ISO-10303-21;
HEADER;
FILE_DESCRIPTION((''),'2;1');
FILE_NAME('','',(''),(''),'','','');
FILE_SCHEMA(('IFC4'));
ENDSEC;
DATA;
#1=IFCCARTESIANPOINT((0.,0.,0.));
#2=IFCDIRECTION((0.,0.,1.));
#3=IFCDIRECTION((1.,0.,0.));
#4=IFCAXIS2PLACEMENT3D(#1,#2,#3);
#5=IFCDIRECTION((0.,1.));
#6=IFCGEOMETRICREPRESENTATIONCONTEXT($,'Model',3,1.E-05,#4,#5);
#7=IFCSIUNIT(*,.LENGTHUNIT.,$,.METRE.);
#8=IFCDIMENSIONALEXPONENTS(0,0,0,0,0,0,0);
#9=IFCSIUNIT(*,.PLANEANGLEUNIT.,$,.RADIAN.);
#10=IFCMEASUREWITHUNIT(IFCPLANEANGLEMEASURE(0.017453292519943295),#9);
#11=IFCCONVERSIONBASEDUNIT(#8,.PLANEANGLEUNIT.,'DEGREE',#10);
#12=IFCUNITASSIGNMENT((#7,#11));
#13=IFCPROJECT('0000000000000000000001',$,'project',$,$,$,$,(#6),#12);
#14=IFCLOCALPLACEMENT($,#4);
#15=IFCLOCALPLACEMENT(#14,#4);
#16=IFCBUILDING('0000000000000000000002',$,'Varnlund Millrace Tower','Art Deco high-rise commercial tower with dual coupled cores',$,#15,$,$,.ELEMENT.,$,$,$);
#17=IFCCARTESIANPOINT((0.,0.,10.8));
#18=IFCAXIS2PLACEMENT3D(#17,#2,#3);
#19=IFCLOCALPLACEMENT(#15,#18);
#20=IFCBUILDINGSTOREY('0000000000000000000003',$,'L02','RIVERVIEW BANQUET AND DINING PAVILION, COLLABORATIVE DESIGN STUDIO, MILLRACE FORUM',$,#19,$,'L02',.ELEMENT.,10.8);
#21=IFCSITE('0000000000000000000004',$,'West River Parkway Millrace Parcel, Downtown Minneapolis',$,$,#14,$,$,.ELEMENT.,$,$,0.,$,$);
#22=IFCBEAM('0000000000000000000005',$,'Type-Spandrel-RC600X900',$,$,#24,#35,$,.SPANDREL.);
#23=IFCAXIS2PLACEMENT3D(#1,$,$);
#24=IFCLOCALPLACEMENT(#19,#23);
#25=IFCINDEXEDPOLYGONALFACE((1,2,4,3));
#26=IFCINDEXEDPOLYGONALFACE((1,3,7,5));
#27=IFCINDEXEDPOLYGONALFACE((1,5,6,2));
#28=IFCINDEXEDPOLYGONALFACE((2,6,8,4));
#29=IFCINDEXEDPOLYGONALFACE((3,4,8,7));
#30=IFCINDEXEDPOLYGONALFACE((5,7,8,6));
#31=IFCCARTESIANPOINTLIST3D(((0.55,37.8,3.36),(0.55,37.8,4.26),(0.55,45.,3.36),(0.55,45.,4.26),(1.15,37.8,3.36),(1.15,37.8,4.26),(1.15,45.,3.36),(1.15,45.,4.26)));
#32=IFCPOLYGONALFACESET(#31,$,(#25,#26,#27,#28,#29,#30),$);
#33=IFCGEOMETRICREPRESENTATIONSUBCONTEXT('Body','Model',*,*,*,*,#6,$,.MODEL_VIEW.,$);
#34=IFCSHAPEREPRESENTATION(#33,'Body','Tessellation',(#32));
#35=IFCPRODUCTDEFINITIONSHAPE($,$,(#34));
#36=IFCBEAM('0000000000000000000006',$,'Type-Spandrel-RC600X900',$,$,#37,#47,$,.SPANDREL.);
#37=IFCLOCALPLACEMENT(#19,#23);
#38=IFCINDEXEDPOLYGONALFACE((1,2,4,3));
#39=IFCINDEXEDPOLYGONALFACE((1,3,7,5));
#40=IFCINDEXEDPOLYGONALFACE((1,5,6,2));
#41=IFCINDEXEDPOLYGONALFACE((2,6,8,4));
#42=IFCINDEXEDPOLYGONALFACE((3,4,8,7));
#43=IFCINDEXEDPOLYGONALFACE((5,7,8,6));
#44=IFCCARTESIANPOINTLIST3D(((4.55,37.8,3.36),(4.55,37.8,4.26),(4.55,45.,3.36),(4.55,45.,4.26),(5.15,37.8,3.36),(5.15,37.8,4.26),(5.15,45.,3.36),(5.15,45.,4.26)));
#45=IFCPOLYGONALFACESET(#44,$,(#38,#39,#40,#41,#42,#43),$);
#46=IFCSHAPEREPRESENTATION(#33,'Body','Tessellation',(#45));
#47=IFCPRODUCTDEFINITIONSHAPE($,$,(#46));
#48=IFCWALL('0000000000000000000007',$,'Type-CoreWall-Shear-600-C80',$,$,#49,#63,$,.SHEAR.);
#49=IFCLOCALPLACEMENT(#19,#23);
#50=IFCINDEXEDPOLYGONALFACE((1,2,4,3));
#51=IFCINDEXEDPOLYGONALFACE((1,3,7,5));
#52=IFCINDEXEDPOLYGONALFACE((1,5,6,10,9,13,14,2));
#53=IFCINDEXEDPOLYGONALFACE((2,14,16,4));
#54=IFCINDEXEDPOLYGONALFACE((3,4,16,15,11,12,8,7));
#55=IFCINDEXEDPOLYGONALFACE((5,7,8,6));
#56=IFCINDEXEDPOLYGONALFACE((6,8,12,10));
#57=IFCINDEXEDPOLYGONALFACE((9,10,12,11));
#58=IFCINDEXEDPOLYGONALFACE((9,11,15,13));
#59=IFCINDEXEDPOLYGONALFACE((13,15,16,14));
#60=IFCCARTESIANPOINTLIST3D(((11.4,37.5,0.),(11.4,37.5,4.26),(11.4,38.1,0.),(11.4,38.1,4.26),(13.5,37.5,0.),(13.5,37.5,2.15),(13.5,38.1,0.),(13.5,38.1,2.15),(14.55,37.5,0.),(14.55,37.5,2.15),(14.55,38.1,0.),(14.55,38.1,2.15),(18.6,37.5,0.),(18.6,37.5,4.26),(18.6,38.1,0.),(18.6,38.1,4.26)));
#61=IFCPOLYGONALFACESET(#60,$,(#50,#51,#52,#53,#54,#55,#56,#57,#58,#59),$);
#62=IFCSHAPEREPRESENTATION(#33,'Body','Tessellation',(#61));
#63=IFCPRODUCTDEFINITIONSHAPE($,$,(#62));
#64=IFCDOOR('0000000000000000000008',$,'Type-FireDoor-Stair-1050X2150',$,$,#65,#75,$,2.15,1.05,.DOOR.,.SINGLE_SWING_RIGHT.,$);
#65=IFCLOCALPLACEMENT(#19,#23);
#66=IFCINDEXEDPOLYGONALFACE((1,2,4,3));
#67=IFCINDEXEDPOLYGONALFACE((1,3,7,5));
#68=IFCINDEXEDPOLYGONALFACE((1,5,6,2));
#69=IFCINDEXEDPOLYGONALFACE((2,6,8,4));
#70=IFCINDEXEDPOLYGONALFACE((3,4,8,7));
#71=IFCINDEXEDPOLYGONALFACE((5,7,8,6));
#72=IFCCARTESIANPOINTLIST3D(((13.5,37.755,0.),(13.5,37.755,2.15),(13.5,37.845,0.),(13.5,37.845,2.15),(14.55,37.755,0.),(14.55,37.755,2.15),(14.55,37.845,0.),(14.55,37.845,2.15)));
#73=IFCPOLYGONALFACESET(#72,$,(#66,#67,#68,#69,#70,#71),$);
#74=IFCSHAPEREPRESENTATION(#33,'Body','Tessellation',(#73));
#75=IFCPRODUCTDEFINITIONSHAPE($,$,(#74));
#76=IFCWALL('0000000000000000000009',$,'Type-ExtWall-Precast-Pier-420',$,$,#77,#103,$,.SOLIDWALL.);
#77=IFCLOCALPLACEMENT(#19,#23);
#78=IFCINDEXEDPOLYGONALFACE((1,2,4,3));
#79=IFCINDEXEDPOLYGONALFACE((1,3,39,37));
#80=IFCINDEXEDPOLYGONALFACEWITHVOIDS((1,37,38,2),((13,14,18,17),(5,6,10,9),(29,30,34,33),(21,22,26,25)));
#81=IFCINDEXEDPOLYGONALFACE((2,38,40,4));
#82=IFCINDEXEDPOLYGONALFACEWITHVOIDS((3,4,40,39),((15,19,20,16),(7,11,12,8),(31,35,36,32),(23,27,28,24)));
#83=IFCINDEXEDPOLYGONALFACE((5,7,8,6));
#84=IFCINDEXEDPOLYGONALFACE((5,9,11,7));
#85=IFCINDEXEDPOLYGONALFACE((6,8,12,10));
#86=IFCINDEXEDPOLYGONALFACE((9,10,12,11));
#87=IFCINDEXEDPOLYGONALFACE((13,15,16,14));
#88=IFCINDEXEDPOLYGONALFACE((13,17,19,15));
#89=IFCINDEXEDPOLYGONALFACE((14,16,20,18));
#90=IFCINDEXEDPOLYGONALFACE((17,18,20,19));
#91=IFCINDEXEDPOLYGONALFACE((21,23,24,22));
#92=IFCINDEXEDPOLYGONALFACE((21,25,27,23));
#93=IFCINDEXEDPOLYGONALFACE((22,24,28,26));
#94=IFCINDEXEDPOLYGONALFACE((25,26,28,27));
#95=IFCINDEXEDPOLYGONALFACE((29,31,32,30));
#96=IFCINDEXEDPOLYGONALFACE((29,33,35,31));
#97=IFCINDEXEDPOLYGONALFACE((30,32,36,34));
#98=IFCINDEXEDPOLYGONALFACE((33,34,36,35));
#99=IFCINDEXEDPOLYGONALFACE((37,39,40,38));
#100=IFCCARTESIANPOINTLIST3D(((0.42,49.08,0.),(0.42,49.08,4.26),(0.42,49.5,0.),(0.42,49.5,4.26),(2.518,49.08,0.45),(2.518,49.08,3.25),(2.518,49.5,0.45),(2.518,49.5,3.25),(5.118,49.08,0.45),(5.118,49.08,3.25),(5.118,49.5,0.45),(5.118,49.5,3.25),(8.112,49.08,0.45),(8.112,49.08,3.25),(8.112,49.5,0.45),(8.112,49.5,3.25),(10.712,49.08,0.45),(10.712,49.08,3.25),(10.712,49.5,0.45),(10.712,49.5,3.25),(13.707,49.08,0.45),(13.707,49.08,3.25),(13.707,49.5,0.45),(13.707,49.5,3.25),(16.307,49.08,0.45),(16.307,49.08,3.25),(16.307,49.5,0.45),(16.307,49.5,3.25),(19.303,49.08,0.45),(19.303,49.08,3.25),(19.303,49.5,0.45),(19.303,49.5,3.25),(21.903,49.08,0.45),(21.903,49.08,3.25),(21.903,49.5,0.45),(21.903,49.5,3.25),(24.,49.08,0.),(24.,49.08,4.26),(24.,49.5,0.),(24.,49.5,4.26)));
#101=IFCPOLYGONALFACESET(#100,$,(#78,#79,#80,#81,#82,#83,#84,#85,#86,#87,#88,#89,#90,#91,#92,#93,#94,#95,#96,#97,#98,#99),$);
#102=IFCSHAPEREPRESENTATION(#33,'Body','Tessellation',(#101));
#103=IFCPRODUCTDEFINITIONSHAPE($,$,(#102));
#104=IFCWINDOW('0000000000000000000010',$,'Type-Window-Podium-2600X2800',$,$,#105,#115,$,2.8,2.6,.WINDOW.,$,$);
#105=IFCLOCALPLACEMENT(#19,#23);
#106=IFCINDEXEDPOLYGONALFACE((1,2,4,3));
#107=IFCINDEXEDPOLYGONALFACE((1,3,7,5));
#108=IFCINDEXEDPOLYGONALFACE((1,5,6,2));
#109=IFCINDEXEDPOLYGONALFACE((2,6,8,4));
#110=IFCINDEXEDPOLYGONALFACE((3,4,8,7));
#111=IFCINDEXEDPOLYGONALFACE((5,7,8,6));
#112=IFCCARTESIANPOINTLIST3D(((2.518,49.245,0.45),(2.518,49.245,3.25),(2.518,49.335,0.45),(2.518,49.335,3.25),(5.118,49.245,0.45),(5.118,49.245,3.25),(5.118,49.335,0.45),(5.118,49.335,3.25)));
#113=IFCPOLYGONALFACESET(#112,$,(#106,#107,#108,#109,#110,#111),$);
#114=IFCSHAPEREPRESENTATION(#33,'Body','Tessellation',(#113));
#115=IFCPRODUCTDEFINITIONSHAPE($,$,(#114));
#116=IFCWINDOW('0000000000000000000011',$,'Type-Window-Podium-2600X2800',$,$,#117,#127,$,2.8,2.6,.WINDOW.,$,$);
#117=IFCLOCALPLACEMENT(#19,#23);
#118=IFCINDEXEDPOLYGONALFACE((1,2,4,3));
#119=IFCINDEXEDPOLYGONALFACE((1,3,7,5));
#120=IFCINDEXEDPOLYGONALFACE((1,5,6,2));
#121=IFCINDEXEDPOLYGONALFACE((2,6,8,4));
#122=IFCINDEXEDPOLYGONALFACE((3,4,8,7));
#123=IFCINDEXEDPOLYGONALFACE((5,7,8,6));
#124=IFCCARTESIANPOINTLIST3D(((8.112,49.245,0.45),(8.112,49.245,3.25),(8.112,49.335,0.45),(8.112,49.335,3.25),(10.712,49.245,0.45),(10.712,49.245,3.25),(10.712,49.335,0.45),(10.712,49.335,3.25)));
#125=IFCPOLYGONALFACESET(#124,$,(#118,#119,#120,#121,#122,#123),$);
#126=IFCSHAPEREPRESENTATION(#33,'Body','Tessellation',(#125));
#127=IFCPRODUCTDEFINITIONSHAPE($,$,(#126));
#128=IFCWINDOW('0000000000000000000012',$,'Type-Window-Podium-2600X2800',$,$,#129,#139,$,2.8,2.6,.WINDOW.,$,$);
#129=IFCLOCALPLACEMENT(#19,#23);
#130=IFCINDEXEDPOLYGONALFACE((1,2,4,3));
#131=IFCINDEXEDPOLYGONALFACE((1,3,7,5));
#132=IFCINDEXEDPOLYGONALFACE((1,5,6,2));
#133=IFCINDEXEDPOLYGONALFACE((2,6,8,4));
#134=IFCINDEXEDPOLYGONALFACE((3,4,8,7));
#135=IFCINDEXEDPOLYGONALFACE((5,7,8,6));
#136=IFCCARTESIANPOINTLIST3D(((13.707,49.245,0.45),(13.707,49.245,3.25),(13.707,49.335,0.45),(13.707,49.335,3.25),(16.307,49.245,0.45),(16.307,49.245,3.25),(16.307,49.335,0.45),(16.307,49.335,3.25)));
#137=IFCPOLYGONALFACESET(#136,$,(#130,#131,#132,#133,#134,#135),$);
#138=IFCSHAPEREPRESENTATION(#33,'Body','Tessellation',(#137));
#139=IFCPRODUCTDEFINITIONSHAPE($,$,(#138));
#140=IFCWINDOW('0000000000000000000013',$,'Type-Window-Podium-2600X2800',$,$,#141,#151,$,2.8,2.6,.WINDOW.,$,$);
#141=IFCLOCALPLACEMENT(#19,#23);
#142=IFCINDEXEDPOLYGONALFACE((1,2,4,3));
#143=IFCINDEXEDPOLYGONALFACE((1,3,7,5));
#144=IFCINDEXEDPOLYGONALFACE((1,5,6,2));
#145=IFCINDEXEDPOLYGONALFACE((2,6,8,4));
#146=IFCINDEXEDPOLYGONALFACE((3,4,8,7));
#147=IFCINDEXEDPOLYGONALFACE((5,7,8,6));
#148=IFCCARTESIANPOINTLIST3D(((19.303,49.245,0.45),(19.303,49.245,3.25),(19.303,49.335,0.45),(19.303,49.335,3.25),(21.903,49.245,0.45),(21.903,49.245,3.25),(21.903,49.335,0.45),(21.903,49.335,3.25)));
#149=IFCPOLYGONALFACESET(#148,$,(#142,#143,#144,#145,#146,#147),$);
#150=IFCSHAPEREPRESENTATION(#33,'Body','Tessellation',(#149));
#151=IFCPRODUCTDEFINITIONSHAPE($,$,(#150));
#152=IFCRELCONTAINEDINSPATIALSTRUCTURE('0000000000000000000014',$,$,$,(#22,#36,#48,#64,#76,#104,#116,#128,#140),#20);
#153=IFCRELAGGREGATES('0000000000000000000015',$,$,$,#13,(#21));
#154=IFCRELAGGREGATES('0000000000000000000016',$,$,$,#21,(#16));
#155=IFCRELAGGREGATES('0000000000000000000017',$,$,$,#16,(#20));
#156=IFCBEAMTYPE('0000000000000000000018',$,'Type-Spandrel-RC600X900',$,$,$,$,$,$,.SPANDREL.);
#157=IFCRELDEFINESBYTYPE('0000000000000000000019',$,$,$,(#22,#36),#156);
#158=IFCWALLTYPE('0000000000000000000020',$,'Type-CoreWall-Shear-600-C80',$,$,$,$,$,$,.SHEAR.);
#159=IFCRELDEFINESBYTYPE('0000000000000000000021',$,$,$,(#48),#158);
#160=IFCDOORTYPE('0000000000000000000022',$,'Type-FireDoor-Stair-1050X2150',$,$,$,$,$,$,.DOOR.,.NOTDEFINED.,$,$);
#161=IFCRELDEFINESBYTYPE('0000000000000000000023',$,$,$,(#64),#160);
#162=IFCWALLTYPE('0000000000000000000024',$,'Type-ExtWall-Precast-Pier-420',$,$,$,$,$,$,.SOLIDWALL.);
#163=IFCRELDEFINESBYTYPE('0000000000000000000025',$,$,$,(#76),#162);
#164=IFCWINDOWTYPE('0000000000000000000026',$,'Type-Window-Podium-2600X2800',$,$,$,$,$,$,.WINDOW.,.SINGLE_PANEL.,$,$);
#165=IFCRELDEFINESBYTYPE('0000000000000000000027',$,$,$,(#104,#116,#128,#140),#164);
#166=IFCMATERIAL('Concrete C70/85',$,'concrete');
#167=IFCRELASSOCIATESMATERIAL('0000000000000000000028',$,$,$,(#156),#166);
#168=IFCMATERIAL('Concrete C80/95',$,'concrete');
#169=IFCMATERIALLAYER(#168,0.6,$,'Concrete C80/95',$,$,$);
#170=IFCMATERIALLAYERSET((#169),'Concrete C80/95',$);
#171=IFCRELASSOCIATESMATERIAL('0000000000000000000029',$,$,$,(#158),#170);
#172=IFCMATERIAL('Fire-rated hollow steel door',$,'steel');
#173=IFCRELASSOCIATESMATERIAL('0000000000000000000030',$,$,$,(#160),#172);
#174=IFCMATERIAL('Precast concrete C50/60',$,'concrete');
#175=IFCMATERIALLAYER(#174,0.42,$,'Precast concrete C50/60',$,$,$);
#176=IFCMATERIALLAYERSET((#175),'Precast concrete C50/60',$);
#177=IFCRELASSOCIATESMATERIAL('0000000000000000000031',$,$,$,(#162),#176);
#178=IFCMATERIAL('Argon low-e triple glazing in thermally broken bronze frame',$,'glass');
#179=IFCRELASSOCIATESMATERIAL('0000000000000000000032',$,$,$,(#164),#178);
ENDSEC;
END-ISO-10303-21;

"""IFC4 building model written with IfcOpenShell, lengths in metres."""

from ifc_helpers import new_model, entity, si_unit, converted_unit, direction, frame, origin_with_axes, origin_2d_with_axis, place, context, subcontext, project, spatial, polyline, rectangle, outline, extrude, material, layer, layer_set, material_profile, profile_set, type_object, element, fill, save


model = new_model("IFC4")

# Units and contexts
model_context = context("Model", 3, precision=1e-05, world=origin_with_axes(), true_north=direction((0.0, 1.0)))
body_context = subcontext(model_context, "Body", "Model", "MODEL_VIEW")
ifc_project = project(units=[si_unit("LENGTHUNIT", "METRE"), converted_unit("PLANEANGLEUNIT", "DEGREE", entity("IfcPlaneAngleMeasure", 0.017453292519943295), si_unit("PLANEANGLEUNIT", "RADIAN"), dimensions=[0, 0, 0, 0, 0, 0, 0])], contexts=[model_context])

# Site, building, storey
site_placement = place(None, origin_with_axes())
site = spatial("IfcSite", under=ifc_project, at=site_placement, Name="West River Parkway Millrace Parcel, Downtown Minneapolis", CompositionType="ELEMENT", RefElevation=0.0)
building_placement = place(site_placement, origin_with_axes())
building = spatial("IfcBuilding", under=site, at=building_placement, Name="Varnlund Millrace Tower", Description="Art Deco high-rise commercial tower with dual coupled cores", CompositionType="ELEMENT")
storey_placement = place(building_placement, frame((0.0, 0.0, 10.8), z_axis=(0.0, 0.0, 1.0), x_axis=(1.0, 0.0, 0.0)))
storey = spatial("IfcBuildingStorey", under=building, at=storey_placement, Name="L02", Description="RIVERVIEW BANQUET AND DINING PAVILION, COLLABORATIVE DESIGN STUDIO, MILLRACE FORUM", LongName="L02", CompositionType="ELEMENT", Elevation=10.8)

# Shared definitions
ifc_material_1 = material(Name="Concrete C80/95", Category="concrete")

# Beams
ifc_material_2 = material(Name="Concrete C70/85", Category="concrete")
ifc_material_profile_1 = material_profile(ifc_material_2, rectangle(XDim=0.6, YDim=0.9, at=origin_2d_with_axis()), Name="Concrete C70/85")
ifc_profile_set_1 = profile_set([ifc_material_profile_1], Name="Concrete C70/85")
beam_type_1 = type_object("IfcBeamType", Name="Type-Spandrel-RC600X900", PredefinedType="SPANDREL", material=ifc_profile_set_1)
for number, where, z_axis, x_axis, name in (
    (1, (0.85, 37.8, 3.81), (0.0, 1.0, 0.0), (-1.0, 0.0, 0.0), "Type-Spandrel-RC600X900"),
    (2, (4.85, 37.8, 3.81), (0.0, 1.0, 0.0), (-1.0, 0.0, 0.0), "Type-Spandrel-RC600X900"),
):
    element("IfcBeam", number, at=place(storey_placement, frame(where, z_axis=z_axis, x_axis=x_axis)), inside=storey, type_object=beam_type_1, Name=name, PredefinedType="SPANDREL", context=body_context, shape_type="SweptSolid", body=[
        extrude(rectangle(XDim=0.6, YDim=0.9, at=origin_2d_with_axis()), origin_with_axes(), (0.0, 0.0, 1.0), 7.2),
    ])

# Wall, opening, door
ifc_layer_1 = layer(ifc_material_1, 0.6, Name="Concrete C80/95")
ifc_layer_set_1 = layer_set([ifc_layer_1], Name="Concrete C80/95")
wall_type_1 = type_object("IfcWallType", Name="Type-CoreWall-Shear-600-C80", PredefinedType="SHEAR", material=ifc_layer_set_1)
wall_1_placement = place(storey_placement, frame((11.4, 37.8, 0.0), z_axis=(0.0, 0.0, 1.0), x_axis=(1.0, 0.0, 0.0)))
wall_1 = element("IfcWall", 3, at=wall_1_placement, inside=storey, type_object=wall_type_1, Name="Type-CoreWall-Shear-600-C80", PredefinedType="SHEAR", context=body_context, shape_type="SweptSolid", body=[
    extrude(outline(polyline([(0.0, -0.3), (7.2, -0.3), (7.2, 0.3), (0.0, 0.3), (0.0, -0.3)])), origin_with_axes(), (0.0, 0.0, 1.0), 4.26),
])
opening_1_placement = place(wall_1_placement, frame((2.625, 0.0, 0.0), z_axis=(0.0, 0.0, 1.0), x_axis=(1.0, 0.0, 0.0)))
opening_1 = element("IfcOpeningElement", 4, at=opening_1_placement, cuts=wall_1, PredefinedType="OPENING", context=body_context, shape_type="SweptSolid", body=[
    extrude(rectangle(XDim=1.05, YDim=0.62, at=origin_2d_with_axis()), origin_with_axes(), (0.0, 0.0, 1.0), 2.15),
])
ifc_material_3 = material(Name="Fire-rated hollow steel door", Category="steel")
door_type_1 = type_object("IfcDoorType", Name="Type-FireDoor-Stair-1050X2150", OperationType="NOTDEFINED", PredefinedType="DOOR", material=ifc_material_3)
door_1_placement = place(wall_1_placement, frame((2.625, 0.0, 0.0), z_axis=(0.0, 0.0, 1.0), x_axis=(1.0, 0.0, 0.0)))
door_1 = element("IfcDoor", 5, at=door_1_placement, inside=storey, type_object=door_type_1, Name="Type-FireDoor-Stair-1050X2150", OperationType="SINGLE_SWING_RIGHT", OverallHeight=2.15, OverallWidth=1.05, PredefinedType="DOOR", context=body_context, shape_type="SweptSolid", body=[
    extrude(rectangle(XDim=1.05, YDim=0.09, at=origin_2d_with_axis()), origin_with_axes(), (0.0, 0.0, 1.0), 2.15),
])
fill(opening_1, door_1)

# Wall, openings, windows
ifc_material_4 = material(Name="Precast concrete C50/60", Category="concrete")
ifc_layer_2 = layer(ifc_material_4, 0.42, Name="Precast concrete C50/60")
ifc_layer_set_2 = layer_set([ifc_layer_2], Name="Precast concrete C50/60")
wall_type_2 = type_object("IfcWallType", Name="Type-ExtWall-Precast-Pier-420", PredefinedType="SOLIDWALL", material=ifc_layer_set_2)
wall_2_placement = place(storey_placement, frame((0.42, 49.29, 0.0), z_axis=(0.0, 0.0, 1.0), x_axis=(1.0, 0.0, 0.0)))
wall_2 = element("IfcWall", 6, at=wall_2_placement, inside=storey, type_object=wall_type_2, Name="Type-ExtWall-Precast-Pier-420", PredefinedType="SOLIDWALL", context=body_context, shape_type="SweptSolid", body=[
    extrude(outline(polyline([(0.0, -0.21), (23.58, -0.21), (23.58, 0.21), (0.0, 0.21), (0.0, -0.21)])), origin_with_axes(), (0.0, 0.0, 1.0), 4.26),
])
opening_2_placement = place(wall_2_placement, frame((3.398, 0.0, 0.45), z_axis=(0.0, 0.0, 1.0), x_axis=(1.0, 0.0, 0.0)))
opening_2 = element("IfcOpeningElement", 7, at=opening_2_placement, cuts=wall_2, PredefinedType="OPENING", context=body_context, shape_type="SweptSolid", body=[
    extrude(rectangle(XDim=2.6, YDim=0.44, at=origin_2d_with_axis()), origin_with_axes(), (0.0, 0.0, 1.0), 2.8),
])
opening_3_placement = place(wall_2_placement, frame((8.992, 0.0, 0.45), z_axis=(0.0, 0.0, 1.0), x_axis=(1.0, 0.0, 0.0)))
opening_3 = element("IfcOpeningElement", 8, at=opening_3_placement, cuts=wall_2, PredefinedType="OPENING", context=body_context, shape_type="SweptSolid", body=[
    extrude(rectangle(XDim=2.6, YDim=0.44, at=origin_2d_with_axis()), origin_with_axes(), (0.0, 0.0, 1.0), 2.8),
])
opening_4_placement = place(wall_2_placement, frame((14.587, 0.0, 0.45), z_axis=(0.0, 0.0, 1.0), x_axis=(1.0, 0.0, 0.0)))
opening_4 = element("IfcOpeningElement", 9, at=opening_4_placement, cuts=wall_2, PredefinedType="OPENING", context=body_context, shape_type="SweptSolid", body=[
    extrude(rectangle(XDim=2.6, YDim=0.44, at=origin_2d_with_axis()), origin_with_axes(), (0.0, 0.0, 1.0), 2.8),
])
opening_5_placement = place(wall_2_placement, frame((20.183, 0.0, 0.45), z_axis=(0.0, 0.0, 1.0), x_axis=(1.0, 0.0, 0.0)))
opening_5 = element("IfcOpeningElement", 10, at=opening_5_placement, cuts=wall_2, PredefinedType="OPENING", context=body_context, shape_type="SweptSolid", body=[
    extrude(rectangle(XDim=2.6, YDim=0.44, at=origin_2d_with_axis()), origin_with_axes(), (0.0, 0.0, 1.0), 2.8),
])
ifc_material_5 = material(Name="Argon low-e triple glazing in thermally broken bronze frame", Category="glass")
window_type = type_object("IfcWindowType", Name="Type-Window-Podium-2600X2800", PartitioningType="SINGLE_PANEL", PredefinedType="WINDOW", material=ifc_material_5)
window_1_placement = place(wall_2_placement, frame((3.398, 0.0, 0.45), z_axis=(0.0, 0.0, 1.0), x_axis=(1.0, 0.0, 0.0)))
window_1 = element("IfcWindow", 11, at=window_1_placement, inside=storey, type_object=window_type, Name="Type-Window-Podium-2600X2800", OverallHeight=2.8, OverallWidth=2.6, PredefinedType="WINDOW", context=body_context, shape_type="SweptSolid", body=[
    extrude(rectangle(XDim=2.6, YDim=0.09, at=origin_2d_with_axis()), origin_with_axes(), (0.0, 0.0, 1.0), 2.8),
])
fill(opening_2, window_1)
window_2_placement = place(wall_2_placement, frame((8.992, 0.0, 0.45), z_axis=(0.0, 0.0, 1.0), x_axis=(1.0, 0.0, 0.0)))
window_2 = element("IfcWindow", 12, at=window_2_placement, inside=storey, type_object=window_type, Name="Type-Window-Podium-2600X2800", OverallHeight=2.8, OverallWidth=2.6, PredefinedType="WINDOW", context=body_context, shape_type="SweptSolid", body=[
    extrude(rectangle(XDim=2.6, YDim=0.09, at=origin_2d_with_axis()), origin_with_axes(), (0.0, 0.0, 1.0), 2.8),
])
fill(opening_3, window_2)
window_3_placement = place(wall_2_placement, frame((14.587, 0.0, 0.45), z_axis=(0.0, 0.0, 1.0), x_axis=(1.0, 0.0, 0.0)))
window_3 = element("IfcWindow", 13, at=window_3_placement, inside=storey, type_object=window_type, Name="Type-Window-Podium-2600X2800", OverallHeight=2.8, OverallWidth=2.6, PredefinedType="WINDOW", context=body_context, shape_type="SweptSolid", body=[
    extrude(rectangle(XDim=2.6, YDim=0.09, at=origin_2d_with_axis()), origin_with_axes(), (0.0, 0.0, 1.0), 2.8),
])
fill(opening_4, window_3)
window_4_placement = place(wall_2_placement, frame((20.183, 0.0, 0.45), z_axis=(0.0, 0.0, 1.0), x_axis=(1.0, 0.0, 0.0)))
window_4 = element("IfcWindow", 14, at=window_4_placement, inside=storey, type_object=window_type, Name="Type-Window-Podium-2600X2800", OverallHeight=2.8, OverallWidth=2.6, PredefinedType="WINDOW", context=body_context, shape_type="SweptSolid", body=[
    extrude(rectangle(XDim=2.6, YDim=0.09, at=origin_2d_with_axis()), origin_with_axes(), (0.0, 0.0, 1.0), 2.8),
])
fill(opening_5, window_4)

save(model, "model.ifc")
